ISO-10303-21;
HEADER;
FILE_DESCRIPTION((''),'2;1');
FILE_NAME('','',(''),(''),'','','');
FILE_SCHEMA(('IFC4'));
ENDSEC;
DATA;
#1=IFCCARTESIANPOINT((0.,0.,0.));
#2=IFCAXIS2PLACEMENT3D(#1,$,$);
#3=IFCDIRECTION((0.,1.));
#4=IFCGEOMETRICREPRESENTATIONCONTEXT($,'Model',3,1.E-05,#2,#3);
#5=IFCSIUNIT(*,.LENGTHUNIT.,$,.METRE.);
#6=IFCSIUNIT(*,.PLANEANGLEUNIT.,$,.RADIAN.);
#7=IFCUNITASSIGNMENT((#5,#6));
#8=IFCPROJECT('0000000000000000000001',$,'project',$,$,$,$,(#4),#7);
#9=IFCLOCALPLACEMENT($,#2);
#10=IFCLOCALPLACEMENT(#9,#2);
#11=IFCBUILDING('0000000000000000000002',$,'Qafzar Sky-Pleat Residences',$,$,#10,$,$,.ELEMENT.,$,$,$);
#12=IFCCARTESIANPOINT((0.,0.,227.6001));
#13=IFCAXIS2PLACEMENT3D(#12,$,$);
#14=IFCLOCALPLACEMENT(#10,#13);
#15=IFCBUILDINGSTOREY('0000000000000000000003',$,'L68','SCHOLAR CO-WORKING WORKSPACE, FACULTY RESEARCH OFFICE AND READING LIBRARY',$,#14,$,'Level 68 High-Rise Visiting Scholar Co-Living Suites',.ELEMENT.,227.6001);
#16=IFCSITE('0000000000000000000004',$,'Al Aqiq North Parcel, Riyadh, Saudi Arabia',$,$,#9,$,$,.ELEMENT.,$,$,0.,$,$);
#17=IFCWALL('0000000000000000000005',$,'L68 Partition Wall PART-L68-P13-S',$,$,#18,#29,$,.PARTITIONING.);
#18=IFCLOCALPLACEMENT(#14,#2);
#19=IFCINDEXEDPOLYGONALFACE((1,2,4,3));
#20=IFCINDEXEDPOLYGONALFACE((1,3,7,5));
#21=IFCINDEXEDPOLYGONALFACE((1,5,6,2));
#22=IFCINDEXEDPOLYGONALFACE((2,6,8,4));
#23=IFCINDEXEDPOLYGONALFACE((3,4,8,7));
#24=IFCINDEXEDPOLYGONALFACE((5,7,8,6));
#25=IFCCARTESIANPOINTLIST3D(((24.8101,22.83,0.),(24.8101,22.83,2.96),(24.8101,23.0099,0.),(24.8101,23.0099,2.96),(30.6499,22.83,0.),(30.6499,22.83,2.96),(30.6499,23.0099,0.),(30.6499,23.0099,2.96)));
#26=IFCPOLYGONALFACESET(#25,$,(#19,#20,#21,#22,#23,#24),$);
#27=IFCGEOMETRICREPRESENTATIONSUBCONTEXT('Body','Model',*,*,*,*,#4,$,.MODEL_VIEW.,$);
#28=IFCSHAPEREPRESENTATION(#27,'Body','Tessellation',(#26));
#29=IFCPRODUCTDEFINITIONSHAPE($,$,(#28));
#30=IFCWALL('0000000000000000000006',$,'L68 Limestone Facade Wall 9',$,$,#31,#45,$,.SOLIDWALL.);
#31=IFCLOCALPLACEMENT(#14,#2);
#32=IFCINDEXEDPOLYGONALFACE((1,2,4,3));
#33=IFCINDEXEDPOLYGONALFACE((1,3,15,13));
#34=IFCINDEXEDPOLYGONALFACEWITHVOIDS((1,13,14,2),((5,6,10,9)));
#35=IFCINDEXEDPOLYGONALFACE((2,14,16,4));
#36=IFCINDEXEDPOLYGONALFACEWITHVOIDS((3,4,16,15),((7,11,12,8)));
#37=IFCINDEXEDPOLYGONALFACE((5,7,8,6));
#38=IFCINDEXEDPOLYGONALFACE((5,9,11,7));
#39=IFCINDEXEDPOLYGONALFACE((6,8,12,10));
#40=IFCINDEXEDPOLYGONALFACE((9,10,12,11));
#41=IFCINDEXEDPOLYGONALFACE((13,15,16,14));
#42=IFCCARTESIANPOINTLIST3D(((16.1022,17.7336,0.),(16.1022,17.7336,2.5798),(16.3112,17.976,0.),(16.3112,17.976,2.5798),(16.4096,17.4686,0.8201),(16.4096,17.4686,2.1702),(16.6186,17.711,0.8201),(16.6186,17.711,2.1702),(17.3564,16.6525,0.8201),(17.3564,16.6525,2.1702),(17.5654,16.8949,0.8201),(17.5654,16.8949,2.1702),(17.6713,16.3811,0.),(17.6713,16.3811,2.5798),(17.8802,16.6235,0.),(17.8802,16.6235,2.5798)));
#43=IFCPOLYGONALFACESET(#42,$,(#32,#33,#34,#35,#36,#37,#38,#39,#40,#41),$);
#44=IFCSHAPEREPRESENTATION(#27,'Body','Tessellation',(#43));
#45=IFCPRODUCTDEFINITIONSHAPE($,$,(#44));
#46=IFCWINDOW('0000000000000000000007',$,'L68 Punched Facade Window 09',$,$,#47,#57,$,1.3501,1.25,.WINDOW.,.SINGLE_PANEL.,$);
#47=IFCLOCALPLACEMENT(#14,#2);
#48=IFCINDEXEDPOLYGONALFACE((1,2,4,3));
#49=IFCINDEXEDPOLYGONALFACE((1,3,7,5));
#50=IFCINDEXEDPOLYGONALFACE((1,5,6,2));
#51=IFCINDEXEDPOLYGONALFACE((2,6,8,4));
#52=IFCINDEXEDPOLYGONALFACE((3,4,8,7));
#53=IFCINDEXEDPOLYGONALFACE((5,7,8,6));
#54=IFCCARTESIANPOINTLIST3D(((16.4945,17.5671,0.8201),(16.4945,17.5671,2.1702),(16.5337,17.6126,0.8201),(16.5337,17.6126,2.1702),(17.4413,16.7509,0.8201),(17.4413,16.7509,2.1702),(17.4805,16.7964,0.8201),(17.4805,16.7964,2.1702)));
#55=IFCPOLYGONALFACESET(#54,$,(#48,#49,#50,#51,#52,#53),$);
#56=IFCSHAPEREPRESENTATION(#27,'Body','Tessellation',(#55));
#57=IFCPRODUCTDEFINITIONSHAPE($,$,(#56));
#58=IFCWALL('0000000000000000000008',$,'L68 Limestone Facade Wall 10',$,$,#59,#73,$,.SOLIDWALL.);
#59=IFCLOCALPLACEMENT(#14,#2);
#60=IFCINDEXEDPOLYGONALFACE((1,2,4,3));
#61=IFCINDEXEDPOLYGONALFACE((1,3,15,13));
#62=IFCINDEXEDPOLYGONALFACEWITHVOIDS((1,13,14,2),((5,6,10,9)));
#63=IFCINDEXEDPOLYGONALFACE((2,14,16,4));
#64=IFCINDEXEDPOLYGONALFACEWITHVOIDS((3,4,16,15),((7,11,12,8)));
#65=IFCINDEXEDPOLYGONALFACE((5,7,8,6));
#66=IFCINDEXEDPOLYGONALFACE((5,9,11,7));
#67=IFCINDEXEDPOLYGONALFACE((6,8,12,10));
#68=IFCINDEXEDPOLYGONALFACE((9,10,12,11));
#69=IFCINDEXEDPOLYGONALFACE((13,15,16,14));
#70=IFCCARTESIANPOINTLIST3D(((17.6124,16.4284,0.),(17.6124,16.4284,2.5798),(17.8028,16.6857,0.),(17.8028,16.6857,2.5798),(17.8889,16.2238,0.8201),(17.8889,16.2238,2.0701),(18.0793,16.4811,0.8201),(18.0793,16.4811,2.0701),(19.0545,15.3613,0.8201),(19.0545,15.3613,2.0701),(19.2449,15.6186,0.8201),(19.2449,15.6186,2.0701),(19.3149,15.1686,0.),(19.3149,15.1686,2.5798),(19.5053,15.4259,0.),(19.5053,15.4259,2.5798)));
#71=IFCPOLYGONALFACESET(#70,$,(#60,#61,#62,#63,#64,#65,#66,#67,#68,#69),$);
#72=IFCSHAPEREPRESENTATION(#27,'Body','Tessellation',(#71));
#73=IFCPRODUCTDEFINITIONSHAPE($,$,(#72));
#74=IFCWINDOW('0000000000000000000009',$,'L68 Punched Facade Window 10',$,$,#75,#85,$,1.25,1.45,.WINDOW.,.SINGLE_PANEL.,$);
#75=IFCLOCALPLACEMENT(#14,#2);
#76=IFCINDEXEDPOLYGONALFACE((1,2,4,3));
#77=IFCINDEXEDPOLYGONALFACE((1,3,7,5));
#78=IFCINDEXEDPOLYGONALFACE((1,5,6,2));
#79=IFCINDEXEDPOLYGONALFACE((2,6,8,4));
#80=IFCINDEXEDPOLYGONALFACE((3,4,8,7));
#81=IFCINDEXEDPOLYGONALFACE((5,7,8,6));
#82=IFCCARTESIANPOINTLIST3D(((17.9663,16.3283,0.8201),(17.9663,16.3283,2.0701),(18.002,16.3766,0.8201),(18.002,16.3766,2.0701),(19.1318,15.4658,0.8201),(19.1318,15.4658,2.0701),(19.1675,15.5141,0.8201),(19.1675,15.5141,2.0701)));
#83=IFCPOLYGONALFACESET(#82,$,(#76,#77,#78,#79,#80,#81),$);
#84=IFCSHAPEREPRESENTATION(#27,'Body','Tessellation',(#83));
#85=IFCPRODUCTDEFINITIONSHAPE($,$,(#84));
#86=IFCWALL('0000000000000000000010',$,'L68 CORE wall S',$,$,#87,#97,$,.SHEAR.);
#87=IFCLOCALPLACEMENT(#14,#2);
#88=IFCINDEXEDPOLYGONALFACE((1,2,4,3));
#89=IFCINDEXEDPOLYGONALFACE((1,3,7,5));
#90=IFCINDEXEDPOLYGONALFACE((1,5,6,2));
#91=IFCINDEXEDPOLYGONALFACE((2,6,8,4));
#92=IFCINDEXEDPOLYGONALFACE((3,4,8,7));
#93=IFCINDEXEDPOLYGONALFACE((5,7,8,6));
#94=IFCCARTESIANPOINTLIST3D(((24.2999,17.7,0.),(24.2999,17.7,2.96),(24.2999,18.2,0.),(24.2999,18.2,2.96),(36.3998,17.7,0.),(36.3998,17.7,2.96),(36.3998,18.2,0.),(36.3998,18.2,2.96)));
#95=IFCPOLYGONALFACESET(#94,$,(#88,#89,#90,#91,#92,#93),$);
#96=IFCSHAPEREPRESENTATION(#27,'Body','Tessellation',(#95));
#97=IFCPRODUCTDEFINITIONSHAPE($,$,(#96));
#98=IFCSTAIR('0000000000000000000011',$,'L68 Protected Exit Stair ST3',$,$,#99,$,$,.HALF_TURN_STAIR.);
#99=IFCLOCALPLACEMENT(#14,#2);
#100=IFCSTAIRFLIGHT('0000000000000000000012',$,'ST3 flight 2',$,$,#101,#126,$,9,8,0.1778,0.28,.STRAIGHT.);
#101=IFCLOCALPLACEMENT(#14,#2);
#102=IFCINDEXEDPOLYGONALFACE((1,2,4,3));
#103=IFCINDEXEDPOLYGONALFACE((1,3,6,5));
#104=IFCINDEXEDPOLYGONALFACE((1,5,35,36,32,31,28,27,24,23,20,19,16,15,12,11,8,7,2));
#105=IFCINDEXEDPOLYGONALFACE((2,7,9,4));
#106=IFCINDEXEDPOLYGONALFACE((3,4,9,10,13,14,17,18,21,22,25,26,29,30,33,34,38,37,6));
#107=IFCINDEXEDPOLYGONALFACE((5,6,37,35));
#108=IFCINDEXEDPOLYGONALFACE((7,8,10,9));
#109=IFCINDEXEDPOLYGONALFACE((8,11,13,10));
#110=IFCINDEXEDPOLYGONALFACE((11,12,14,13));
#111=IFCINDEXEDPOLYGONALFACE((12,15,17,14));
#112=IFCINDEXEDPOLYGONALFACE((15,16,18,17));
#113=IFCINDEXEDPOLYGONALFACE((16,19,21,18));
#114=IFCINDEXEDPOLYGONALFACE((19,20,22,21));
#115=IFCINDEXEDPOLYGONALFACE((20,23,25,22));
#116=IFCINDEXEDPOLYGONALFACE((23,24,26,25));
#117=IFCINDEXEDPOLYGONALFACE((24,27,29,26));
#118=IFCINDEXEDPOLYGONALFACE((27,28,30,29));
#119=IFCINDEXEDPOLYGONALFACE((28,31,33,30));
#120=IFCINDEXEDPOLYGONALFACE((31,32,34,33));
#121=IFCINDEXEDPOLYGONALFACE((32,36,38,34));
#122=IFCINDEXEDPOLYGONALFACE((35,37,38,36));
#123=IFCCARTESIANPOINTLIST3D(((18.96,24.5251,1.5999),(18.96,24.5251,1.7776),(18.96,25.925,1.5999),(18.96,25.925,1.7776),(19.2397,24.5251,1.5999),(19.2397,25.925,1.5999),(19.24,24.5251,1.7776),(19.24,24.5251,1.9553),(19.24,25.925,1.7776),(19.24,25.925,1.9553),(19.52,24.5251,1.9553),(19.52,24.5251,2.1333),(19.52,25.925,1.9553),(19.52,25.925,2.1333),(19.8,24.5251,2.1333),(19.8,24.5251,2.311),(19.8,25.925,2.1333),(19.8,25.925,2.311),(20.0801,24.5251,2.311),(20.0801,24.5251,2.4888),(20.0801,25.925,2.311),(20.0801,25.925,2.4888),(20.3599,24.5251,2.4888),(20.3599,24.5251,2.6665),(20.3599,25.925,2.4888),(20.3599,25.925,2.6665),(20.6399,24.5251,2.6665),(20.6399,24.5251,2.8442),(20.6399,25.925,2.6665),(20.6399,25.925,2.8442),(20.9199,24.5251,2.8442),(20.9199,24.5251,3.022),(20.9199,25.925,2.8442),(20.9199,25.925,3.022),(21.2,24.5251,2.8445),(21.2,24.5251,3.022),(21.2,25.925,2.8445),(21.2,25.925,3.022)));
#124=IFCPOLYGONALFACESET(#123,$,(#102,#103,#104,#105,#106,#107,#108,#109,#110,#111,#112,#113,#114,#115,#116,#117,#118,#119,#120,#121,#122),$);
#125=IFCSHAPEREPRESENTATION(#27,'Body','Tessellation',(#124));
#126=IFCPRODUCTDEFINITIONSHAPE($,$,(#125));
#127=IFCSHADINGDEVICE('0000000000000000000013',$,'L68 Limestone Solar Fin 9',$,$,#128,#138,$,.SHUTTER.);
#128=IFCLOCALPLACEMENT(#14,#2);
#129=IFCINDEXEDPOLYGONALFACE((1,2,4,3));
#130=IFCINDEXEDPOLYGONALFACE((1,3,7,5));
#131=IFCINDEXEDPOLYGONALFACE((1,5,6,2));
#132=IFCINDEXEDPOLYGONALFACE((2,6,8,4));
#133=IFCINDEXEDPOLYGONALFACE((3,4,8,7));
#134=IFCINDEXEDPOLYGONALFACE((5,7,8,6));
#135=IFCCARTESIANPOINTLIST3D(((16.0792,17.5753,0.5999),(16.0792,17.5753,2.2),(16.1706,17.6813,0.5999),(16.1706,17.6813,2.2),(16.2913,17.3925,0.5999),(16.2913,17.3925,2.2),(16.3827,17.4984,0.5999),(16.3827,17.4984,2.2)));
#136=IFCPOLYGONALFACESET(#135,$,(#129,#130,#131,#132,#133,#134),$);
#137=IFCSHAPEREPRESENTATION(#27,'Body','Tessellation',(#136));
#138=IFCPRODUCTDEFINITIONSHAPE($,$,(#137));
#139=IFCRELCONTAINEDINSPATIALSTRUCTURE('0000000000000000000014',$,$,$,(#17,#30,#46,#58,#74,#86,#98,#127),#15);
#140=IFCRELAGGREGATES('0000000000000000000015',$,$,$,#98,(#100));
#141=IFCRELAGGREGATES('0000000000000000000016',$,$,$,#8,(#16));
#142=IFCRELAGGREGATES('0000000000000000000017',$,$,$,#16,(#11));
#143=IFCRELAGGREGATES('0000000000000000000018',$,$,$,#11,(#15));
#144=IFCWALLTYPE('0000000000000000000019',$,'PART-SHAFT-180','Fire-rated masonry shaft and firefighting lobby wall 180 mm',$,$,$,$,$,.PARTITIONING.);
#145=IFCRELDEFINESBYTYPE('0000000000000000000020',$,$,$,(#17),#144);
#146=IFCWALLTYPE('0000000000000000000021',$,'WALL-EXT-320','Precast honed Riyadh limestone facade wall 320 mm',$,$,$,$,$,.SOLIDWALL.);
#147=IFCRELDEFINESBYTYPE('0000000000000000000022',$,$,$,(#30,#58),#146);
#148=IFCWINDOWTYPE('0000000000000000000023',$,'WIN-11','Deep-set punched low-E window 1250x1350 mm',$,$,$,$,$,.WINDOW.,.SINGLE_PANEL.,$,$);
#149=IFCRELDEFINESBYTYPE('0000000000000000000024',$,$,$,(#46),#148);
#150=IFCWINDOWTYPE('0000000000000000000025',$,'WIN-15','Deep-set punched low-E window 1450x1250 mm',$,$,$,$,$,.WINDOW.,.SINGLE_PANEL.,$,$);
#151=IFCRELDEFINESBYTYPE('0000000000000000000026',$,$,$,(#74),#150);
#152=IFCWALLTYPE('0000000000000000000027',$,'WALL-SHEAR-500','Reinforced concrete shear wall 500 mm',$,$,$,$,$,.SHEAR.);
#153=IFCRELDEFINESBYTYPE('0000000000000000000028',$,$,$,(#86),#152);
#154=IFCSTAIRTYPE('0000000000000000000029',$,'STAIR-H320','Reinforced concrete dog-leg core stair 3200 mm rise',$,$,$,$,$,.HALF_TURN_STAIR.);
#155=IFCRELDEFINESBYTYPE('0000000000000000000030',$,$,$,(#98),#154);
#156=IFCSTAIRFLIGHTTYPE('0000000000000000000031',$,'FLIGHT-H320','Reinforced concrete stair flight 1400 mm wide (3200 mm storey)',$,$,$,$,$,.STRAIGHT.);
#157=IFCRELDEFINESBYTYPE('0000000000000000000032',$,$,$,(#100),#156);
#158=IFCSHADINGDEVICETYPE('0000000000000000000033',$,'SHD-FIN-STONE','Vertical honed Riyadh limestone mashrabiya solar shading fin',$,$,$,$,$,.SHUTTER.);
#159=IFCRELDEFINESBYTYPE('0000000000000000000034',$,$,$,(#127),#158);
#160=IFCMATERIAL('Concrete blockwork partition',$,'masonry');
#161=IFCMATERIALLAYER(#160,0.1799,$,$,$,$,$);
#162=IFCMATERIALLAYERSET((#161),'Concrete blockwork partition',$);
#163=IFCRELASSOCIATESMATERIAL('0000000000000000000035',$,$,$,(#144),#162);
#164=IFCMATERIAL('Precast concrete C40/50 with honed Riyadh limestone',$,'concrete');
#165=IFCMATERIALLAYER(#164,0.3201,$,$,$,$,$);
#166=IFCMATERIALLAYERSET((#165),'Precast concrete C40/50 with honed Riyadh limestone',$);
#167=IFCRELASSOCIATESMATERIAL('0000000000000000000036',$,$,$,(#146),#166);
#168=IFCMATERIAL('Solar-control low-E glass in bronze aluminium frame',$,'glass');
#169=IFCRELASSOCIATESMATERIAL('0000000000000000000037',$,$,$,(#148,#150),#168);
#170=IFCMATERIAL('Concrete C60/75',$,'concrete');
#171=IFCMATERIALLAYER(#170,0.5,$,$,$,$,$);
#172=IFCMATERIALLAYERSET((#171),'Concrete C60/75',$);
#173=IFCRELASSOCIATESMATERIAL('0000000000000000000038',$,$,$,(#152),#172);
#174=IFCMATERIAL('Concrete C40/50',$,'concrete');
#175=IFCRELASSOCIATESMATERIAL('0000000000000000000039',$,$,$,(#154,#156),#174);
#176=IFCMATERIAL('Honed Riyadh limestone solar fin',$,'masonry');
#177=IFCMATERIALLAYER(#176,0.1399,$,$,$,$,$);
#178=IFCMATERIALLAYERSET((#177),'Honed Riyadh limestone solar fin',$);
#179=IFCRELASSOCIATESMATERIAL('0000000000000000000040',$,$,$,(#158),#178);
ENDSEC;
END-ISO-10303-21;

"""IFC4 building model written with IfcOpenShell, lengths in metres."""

from ifc_helpers import new_model, si_unit, direction, frame, frame_2d, origin, origin_2d, place, context, subcontext, project, spatial, polyline, rectangle, outline, extrude, source, transform, mapped, material, layer, layer_set, type_object, element, fill, aggregate, save


model = new_model("IFC4")

# Units and contexts
model_context = context("Model", 3, precision=1e-05, world=origin(), true_north=direction((0.0, 1.0)))
body_context = subcontext(model_context, "Body", "Model", "MODEL_VIEW")
ifc_project = project(units=[si_unit("LENGTHUNIT", "METRE"), si_unit("PLANEANGLEUNIT", "RADIAN")], contexts=[model_context])

# Site, building, storey
site_placement = place(None, origin())
site = spatial("IfcSite", under=ifc_project, at=site_placement, Name="Al Aqiq North Parcel, Riyadh, Saudi Arabia", CompositionType="ELEMENT", RefElevation=0.0)
building_placement = place(site_placement, origin())
building = spatial("IfcBuilding", under=site, at=building_placement, Name="Qafzar Sky-Pleat Residences", CompositionType="ELEMENT")
storey_placement = place(building_placement, frame((0.0, 0.0, 227.6001)))
storey = spatial("IfcBuildingStorey", under=building, at=storey_placement, Name="L68", Description="SCHOLAR CO-WORKING WORKSPACE, FACULTY RESEARCH OFFICE AND READING LIBRARY", LongName="Level 68 High-Rise Visiting Scholar Co-Living Suites", CompositionType="ELEMENT", Elevation=227.6001)

# Wall
ifc_material_1 = material(Name="Concrete blockwork partition", Category="masonry")
ifc_layer_1 = layer(ifc_material_1, 0.1799)
ifc_layer_set_1 = layer_set([ifc_layer_1], Name="Concrete blockwork partition")
wall_type_1 = type_object("IfcWallType", Name="PART-SHAFT-180", Description="Fire-rated masonry shaft and firefighting lobby wall 180 mm", PredefinedType="PARTITIONING", material=ifc_layer_set_1)
wall_1_placement = place(storey_placement, frame((24.8101, 22.9199, 0.0), z_axis=(0.0, 0.0, 1.0), x_axis=(1.0, 0.0, 0.0)))
element("IfcWall", 1, at=wall_1_placement, inside=storey, type_object=wall_type_1, Name="L68 Partition Wall PART-L68-P13-S", PredefinedType="PARTITIONING", context=body_context, shape_type="SweptSolid", body=[
    extrude(rectangle(XDim=5.8398, YDim=0.1799, at=frame_2d((2.9199, 0.0))), origin(), (0.0, 0.0, 1.0), 2.96),
])

# Walls, openings, windows
ifc_material_2 = material(Name="Precast concrete C40/50 with honed Riyadh limestone", Category="concrete")
ifc_layer_2 = layer(ifc_material_2, 0.3201)
ifc_layer_set_2 = layer_set([ifc_layer_2], Name="Precast concrete C40/50 with honed Riyadh limestone")
wall_type_2 = type_object("IfcWallType", Name="WALL-EXT-320", Description="Precast honed Riyadh limestone facade wall 320 mm", PredefinedType="SOLIDWALL", material=ifc_layer_set_2)
wall_2_placement = place(storey_placement, frame((16.2068, 17.8547, 0.0), z_axis=(0.0, 0.0, 1.0), x_axis=(0.75744, -0.652905, 0.0)))
wall_2 = element("IfcWall", 2, at=wall_2_placement, inside=storey, type_object=wall_type_2, Name="L68 Limestone Facade Wall 9", PredefinedType="SOLIDWALL", context=body_context, shape_type="SweptSolid", body=[
    extrude(rectangle(XDim=2.0715, YDim=0.3201, at=frame_2d((1.0356, 0.0))), origin(), (0.0, 0.0, 1.0), 2.5798),
])
opening_1_placement = place(wall_2_placement, frame((0.4058, 0.0, 0.8201)))
opening_1 = element("IfcOpeningElement", 3, at=opening_1_placement, cuts=wall_2, PredefinedType="OPENING", context=body_context, shape_type="SweptSolid", body=[
    extrude(rectangle(XDim=1.25, YDim=1.3501, at=frame_2d((0.625, 0.675))), frame((0.0, 0.1699, 0.0), z_axis=(0.0, -1.0, 0.0), x_axis=(1.0, 0.0, 0.0)), (0.0, 0.0, 1.0), 0.3401),
])
ifc_material_3 = material(Name="Solar-control low-E glass in bronze aluminium frame", Category="glass")
window_type_1 = type_object("IfcWindowType", Name="WIN-11", Description="Deep-set punched low-E window 1250x1350 mm", PartitioningType="SINGLE_PANEL", PredefinedType="WINDOW", material=ifc_material_3)
shared_shape_1 = source(origin(), body_context, "Body", "SweptSolid", [
    extrude(rectangle(XDim=1.25, YDim=1.3501, at=frame_2d((0.625, 0.675))), frame((0.0, 0.03, 0.0), z_axis=(0.0, -1.0, 0.0), x_axis=(1.0, 0.0, 0.0)), (0.0, 0.0, 1.0), 0.0601),
])
window_1_placement = place(opening_1_placement, origin())
window_1 = element("IfcWindow", 4, at=window_1_placement, inside=storey, type_object=window_type_1, Name="L68 Punched Facade Window 09", OverallHeight=1.3501, OverallWidth=1.25, PartitioningType="SINGLE_PANEL", PredefinedType="WINDOW", context=body_context, shape_type="MappedRepresentation", body=[
    mapped(shared_shape_1, transform((0.0, 0.0, 0.0), x_axis=(1.0, 0.0, 0.0), y_axis=(0.0, 1.0, 0.0), z_axis=(0.0, 0.0, 1.0), scale=1.0)),
])
fill(opening_1, window_1)
wall_3_placement = place(storey_placement, frame((17.7075, 16.5571, 0.0), z_axis=(0.0, 0.0, 1.0), x_axis=(0.803843, -0.594842, 0.0)))
wall_3 = element("IfcWall", 5, at=wall_3_placement, inside=storey, type_object=wall_type_2, Name="L68 Limestone Facade Wall 10", PredefinedType="SOLIDWALL", context=body_context, shape_type="SweptSolid", body=[
    extrude(rectangle(XDim=2.1179, YDim=0.3201, at=frame_2d((1.0591, 0.0))), origin(), (0.0, 0.0, 1.0), 2.5798),
])
opening_2_placement = place(wall_3_placement, frame((0.344, 0.0, 0.8201)))
opening_2 = element("IfcOpeningElement", 6, at=opening_2_placement, cuts=wall_3, PredefinedType="OPENING", context=body_context, shape_type="SweptSolid", body=[
    extrude(rectangle(XDim=1.45, YDim=1.25, at=frame_2d((0.7251, 0.625))), frame((0.0, 0.1699, 0.0), z_axis=(0.0, -1.0, 0.0), x_axis=(1.0, 0.0, 0.0)), (0.0, 0.0, 1.0), 0.3401),
])
window_type_2 = type_object("IfcWindowType", Name="WIN-15", Description="Deep-set punched low-E window 1450x1250 mm", PartitioningType="SINGLE_PANEL", PredefinedType="WINDOW", material=ifc_material_3)
shared_shape_2 = source(origin(), body_context, "Body", "SweptSolid", [
    extrude(rectangle(XDim=1.45, YDim=1.25, at=frame_2d((0.7251, 0.625))), frame((0.0, 0.03, 0.0), z_axis=(0.0, -1.0, 0.0), x_axis=(1.0, 0.0, 0.0)), (0.0, 0.0, 1.0), 0.0601),
])
window_2_placement = place(opening_2_placement, origin())
window_2 = element("IfcWindow", 7, at=window_2_placement, inside=storey, type_object=window_type_2, Name="L68 Punched Facade Window 10", OverallHeight=1.25, OverallWidth=1.45, PartitioningType="SINGLE_PANEL", PredefinedType="WINDOW", context=body_context, shape_type="MappedRepresentation", body=[
    mapped(shared_shape_2, transform((0.0, 0.0, 0.0), x_axis=(1.0, 0.0, 0.0), y_axis=(0.0, 1.0, 0.0), z_axis=(0.0, 0.0, 1.0), scale=1.0)),
])
fill(opening_2, window_2)

# Shared definitions
ifc_material_4 = material(Name="Concrete C60/75", Category="concrete")

# Wall
ifc_layer_3 = layer(ifc_material_4, 0.5)
ifc_layer_set_3 = layer_set([ifc_layer_3], Name="Concrete C60/75")
wall_type_3 = type_object("IfcWallType", Name="WALL-SHEAR-500", Description="Reinforced concrete shear wall 500 mm", PredefinedType="SHEAR", material=ifc_layer_set_3)
wall_4_placement = place(storey_placement, frame((24.3, 17.95, 0.0), z_axis=(0.0, 0.0, 1.0), x_axis=(1.0, 0.0, 0.0)))
element("IfcWall", 8, at=wall_4_placement, inside=storey, type_object=wall_type_3, Name="L68 CORE wall S", PredefinedType="SHEAR", context=body_context, shape_type="SweptSolid", body=[
    extrude(rectangle(XDim=12.0999, YDim=0.5, at=frame_2d((6.0498, 0.0))), origin(), (0.0, 0.0, 1.0), 2.96),
])

# Stair, stair flight
ifc_material_5 = material(Name="Concrete C40/50", Category="concrete")
stair_type = type_object("IfcStairType", Name="STAIR-H320", Description="Reinforced concrete dog-leg core stair 3200 mm rise", PredefinedType="HALF_TURN_STAIR", material=ifc_material_5)
stair_placement = place(storey_placement, origin())
stair = element("IfcStair", 9, at=stair_placement, inside=storey, type_object=stair_type, Name="L68 Protected Exit Stair ST3", PredefinedType="HALF_TURN_STAIR")
stair_flight_type = type_object("IfcStairFlightType", Name="FLIGHT-H320", Description="Reinforced concrete stair flight 1400 mm wide (3200 mm storey)", PredefinedType="STRAIGHT", material=ifc_material_5)
shared_shape_3 = source(origin(), body_context, "Body", "SweptSolid", [
    extrude(outline(polyline([(0.0, 0.0), (0.0, 0.1777), (0.28, 0.1777), (0.28, 0.3555), (0.5601, 0.3555), (0.5601, 0.5334), (0.8401, 0.5334), (0.8401, 0.7112), (1.1201, 0.7112), (1.1201, 0.8889), (1.3999, 0.8889), (1.3999, 1.0667), (1.6799, 1.0667), (1.6799, 1.2444), (1.96, 1.2444), (1.96, 1.4221), (2.24, 1.4221), (2.24, 1.6001), (2.24, 1.2446), (0.2798, 0.0), (0.0, 0.0)])), frame((0.0, 0.7, 0.0), z_axis=(0.0, -1.0, 0.0), x_axis=(1.0, 0.0, 0.0)), (0.0, 0.0, 1.0), 1.3999),
])
stair_flight_placement = place(storey_placement, frame((18.96, 25.2251, 1.5999), z_axis=(0.0, 0.0, 1.0), x_axis=(1.0, 0.0, 0.0)))
stair_flight = element("IfcStairFlight", 10, at=stair_flight_placement, type_object=stair_flight_type, Name="ST3 flight 2", NumberOfRisers=9, NumberOfTreads=8, PredefinedType="STRAIGHT", RiserHeight=0.1778, TreadLength=0.28, context=body_context, shape_type="MappedRepresentation", body=[
    mapped(shared_shape_3, transform((0.0, 0.0, 0.0), x_axis=(1.0, 0.0, 0.0), y_axis=(0.0, 1.0, 0.0), z_axis=(0.0, 0.0, 1.0), scale=1.0)),
])
aggregate(stair, [stair_flight])

# Shading device
ifc_material_6 = material(Name="Honed Riyadh limestone solar fin", Category="masonry")
ifc_layer_4 = layer(ifc_material_6, 0.1399)
ifc_layer_set_4 = layer_set([ifc_layer_4], Name="Honed Riyadh limestone solar fin")
shading_device_type = type_object("IfcShadingDeviceType", Name="SHD-FIN-STONE", Description="Vertical honed Riyadh limestone mashrabiya solar shading fin", PredefinedType="SHUTTER", material=ifc_layer_set_4)
shared_shape_4 = source(origin(), body_context, "Body", "SweptSolid", [
    extrude(rectangle(XDim=0.1399, YDim=0.28, at=origin_2d()), origin(), (0.0, 0.0, 1.0), 1.6001),
])
shading_device_placement = place(storey_placement, frame((16.231, 17.5369, 0.5999), z_axis=(0.0, 0.0, 1.0), x_axis=(-0.652875, -0.757465, 0.0)))
element("IfcShadingDevice", 11, at=shading_device_placement, inside=storey, type_object=shading_device_type, Name="L68 Limestone Solar Fin 9", PredefinedType="SHUTTER", context=body_context, shape_type="MappedRepresentation", body=[
    mapped(shared_shape_4, transform((0.0, 0.0, 0.0), x_axis=(1.0, 0.0, 0.0), y_axis=(0.0, 1.0, 0.0), z_axis=(0.0, 0.0, 1.0), scale=1.0)),
])

save(model, "model.ifc")
